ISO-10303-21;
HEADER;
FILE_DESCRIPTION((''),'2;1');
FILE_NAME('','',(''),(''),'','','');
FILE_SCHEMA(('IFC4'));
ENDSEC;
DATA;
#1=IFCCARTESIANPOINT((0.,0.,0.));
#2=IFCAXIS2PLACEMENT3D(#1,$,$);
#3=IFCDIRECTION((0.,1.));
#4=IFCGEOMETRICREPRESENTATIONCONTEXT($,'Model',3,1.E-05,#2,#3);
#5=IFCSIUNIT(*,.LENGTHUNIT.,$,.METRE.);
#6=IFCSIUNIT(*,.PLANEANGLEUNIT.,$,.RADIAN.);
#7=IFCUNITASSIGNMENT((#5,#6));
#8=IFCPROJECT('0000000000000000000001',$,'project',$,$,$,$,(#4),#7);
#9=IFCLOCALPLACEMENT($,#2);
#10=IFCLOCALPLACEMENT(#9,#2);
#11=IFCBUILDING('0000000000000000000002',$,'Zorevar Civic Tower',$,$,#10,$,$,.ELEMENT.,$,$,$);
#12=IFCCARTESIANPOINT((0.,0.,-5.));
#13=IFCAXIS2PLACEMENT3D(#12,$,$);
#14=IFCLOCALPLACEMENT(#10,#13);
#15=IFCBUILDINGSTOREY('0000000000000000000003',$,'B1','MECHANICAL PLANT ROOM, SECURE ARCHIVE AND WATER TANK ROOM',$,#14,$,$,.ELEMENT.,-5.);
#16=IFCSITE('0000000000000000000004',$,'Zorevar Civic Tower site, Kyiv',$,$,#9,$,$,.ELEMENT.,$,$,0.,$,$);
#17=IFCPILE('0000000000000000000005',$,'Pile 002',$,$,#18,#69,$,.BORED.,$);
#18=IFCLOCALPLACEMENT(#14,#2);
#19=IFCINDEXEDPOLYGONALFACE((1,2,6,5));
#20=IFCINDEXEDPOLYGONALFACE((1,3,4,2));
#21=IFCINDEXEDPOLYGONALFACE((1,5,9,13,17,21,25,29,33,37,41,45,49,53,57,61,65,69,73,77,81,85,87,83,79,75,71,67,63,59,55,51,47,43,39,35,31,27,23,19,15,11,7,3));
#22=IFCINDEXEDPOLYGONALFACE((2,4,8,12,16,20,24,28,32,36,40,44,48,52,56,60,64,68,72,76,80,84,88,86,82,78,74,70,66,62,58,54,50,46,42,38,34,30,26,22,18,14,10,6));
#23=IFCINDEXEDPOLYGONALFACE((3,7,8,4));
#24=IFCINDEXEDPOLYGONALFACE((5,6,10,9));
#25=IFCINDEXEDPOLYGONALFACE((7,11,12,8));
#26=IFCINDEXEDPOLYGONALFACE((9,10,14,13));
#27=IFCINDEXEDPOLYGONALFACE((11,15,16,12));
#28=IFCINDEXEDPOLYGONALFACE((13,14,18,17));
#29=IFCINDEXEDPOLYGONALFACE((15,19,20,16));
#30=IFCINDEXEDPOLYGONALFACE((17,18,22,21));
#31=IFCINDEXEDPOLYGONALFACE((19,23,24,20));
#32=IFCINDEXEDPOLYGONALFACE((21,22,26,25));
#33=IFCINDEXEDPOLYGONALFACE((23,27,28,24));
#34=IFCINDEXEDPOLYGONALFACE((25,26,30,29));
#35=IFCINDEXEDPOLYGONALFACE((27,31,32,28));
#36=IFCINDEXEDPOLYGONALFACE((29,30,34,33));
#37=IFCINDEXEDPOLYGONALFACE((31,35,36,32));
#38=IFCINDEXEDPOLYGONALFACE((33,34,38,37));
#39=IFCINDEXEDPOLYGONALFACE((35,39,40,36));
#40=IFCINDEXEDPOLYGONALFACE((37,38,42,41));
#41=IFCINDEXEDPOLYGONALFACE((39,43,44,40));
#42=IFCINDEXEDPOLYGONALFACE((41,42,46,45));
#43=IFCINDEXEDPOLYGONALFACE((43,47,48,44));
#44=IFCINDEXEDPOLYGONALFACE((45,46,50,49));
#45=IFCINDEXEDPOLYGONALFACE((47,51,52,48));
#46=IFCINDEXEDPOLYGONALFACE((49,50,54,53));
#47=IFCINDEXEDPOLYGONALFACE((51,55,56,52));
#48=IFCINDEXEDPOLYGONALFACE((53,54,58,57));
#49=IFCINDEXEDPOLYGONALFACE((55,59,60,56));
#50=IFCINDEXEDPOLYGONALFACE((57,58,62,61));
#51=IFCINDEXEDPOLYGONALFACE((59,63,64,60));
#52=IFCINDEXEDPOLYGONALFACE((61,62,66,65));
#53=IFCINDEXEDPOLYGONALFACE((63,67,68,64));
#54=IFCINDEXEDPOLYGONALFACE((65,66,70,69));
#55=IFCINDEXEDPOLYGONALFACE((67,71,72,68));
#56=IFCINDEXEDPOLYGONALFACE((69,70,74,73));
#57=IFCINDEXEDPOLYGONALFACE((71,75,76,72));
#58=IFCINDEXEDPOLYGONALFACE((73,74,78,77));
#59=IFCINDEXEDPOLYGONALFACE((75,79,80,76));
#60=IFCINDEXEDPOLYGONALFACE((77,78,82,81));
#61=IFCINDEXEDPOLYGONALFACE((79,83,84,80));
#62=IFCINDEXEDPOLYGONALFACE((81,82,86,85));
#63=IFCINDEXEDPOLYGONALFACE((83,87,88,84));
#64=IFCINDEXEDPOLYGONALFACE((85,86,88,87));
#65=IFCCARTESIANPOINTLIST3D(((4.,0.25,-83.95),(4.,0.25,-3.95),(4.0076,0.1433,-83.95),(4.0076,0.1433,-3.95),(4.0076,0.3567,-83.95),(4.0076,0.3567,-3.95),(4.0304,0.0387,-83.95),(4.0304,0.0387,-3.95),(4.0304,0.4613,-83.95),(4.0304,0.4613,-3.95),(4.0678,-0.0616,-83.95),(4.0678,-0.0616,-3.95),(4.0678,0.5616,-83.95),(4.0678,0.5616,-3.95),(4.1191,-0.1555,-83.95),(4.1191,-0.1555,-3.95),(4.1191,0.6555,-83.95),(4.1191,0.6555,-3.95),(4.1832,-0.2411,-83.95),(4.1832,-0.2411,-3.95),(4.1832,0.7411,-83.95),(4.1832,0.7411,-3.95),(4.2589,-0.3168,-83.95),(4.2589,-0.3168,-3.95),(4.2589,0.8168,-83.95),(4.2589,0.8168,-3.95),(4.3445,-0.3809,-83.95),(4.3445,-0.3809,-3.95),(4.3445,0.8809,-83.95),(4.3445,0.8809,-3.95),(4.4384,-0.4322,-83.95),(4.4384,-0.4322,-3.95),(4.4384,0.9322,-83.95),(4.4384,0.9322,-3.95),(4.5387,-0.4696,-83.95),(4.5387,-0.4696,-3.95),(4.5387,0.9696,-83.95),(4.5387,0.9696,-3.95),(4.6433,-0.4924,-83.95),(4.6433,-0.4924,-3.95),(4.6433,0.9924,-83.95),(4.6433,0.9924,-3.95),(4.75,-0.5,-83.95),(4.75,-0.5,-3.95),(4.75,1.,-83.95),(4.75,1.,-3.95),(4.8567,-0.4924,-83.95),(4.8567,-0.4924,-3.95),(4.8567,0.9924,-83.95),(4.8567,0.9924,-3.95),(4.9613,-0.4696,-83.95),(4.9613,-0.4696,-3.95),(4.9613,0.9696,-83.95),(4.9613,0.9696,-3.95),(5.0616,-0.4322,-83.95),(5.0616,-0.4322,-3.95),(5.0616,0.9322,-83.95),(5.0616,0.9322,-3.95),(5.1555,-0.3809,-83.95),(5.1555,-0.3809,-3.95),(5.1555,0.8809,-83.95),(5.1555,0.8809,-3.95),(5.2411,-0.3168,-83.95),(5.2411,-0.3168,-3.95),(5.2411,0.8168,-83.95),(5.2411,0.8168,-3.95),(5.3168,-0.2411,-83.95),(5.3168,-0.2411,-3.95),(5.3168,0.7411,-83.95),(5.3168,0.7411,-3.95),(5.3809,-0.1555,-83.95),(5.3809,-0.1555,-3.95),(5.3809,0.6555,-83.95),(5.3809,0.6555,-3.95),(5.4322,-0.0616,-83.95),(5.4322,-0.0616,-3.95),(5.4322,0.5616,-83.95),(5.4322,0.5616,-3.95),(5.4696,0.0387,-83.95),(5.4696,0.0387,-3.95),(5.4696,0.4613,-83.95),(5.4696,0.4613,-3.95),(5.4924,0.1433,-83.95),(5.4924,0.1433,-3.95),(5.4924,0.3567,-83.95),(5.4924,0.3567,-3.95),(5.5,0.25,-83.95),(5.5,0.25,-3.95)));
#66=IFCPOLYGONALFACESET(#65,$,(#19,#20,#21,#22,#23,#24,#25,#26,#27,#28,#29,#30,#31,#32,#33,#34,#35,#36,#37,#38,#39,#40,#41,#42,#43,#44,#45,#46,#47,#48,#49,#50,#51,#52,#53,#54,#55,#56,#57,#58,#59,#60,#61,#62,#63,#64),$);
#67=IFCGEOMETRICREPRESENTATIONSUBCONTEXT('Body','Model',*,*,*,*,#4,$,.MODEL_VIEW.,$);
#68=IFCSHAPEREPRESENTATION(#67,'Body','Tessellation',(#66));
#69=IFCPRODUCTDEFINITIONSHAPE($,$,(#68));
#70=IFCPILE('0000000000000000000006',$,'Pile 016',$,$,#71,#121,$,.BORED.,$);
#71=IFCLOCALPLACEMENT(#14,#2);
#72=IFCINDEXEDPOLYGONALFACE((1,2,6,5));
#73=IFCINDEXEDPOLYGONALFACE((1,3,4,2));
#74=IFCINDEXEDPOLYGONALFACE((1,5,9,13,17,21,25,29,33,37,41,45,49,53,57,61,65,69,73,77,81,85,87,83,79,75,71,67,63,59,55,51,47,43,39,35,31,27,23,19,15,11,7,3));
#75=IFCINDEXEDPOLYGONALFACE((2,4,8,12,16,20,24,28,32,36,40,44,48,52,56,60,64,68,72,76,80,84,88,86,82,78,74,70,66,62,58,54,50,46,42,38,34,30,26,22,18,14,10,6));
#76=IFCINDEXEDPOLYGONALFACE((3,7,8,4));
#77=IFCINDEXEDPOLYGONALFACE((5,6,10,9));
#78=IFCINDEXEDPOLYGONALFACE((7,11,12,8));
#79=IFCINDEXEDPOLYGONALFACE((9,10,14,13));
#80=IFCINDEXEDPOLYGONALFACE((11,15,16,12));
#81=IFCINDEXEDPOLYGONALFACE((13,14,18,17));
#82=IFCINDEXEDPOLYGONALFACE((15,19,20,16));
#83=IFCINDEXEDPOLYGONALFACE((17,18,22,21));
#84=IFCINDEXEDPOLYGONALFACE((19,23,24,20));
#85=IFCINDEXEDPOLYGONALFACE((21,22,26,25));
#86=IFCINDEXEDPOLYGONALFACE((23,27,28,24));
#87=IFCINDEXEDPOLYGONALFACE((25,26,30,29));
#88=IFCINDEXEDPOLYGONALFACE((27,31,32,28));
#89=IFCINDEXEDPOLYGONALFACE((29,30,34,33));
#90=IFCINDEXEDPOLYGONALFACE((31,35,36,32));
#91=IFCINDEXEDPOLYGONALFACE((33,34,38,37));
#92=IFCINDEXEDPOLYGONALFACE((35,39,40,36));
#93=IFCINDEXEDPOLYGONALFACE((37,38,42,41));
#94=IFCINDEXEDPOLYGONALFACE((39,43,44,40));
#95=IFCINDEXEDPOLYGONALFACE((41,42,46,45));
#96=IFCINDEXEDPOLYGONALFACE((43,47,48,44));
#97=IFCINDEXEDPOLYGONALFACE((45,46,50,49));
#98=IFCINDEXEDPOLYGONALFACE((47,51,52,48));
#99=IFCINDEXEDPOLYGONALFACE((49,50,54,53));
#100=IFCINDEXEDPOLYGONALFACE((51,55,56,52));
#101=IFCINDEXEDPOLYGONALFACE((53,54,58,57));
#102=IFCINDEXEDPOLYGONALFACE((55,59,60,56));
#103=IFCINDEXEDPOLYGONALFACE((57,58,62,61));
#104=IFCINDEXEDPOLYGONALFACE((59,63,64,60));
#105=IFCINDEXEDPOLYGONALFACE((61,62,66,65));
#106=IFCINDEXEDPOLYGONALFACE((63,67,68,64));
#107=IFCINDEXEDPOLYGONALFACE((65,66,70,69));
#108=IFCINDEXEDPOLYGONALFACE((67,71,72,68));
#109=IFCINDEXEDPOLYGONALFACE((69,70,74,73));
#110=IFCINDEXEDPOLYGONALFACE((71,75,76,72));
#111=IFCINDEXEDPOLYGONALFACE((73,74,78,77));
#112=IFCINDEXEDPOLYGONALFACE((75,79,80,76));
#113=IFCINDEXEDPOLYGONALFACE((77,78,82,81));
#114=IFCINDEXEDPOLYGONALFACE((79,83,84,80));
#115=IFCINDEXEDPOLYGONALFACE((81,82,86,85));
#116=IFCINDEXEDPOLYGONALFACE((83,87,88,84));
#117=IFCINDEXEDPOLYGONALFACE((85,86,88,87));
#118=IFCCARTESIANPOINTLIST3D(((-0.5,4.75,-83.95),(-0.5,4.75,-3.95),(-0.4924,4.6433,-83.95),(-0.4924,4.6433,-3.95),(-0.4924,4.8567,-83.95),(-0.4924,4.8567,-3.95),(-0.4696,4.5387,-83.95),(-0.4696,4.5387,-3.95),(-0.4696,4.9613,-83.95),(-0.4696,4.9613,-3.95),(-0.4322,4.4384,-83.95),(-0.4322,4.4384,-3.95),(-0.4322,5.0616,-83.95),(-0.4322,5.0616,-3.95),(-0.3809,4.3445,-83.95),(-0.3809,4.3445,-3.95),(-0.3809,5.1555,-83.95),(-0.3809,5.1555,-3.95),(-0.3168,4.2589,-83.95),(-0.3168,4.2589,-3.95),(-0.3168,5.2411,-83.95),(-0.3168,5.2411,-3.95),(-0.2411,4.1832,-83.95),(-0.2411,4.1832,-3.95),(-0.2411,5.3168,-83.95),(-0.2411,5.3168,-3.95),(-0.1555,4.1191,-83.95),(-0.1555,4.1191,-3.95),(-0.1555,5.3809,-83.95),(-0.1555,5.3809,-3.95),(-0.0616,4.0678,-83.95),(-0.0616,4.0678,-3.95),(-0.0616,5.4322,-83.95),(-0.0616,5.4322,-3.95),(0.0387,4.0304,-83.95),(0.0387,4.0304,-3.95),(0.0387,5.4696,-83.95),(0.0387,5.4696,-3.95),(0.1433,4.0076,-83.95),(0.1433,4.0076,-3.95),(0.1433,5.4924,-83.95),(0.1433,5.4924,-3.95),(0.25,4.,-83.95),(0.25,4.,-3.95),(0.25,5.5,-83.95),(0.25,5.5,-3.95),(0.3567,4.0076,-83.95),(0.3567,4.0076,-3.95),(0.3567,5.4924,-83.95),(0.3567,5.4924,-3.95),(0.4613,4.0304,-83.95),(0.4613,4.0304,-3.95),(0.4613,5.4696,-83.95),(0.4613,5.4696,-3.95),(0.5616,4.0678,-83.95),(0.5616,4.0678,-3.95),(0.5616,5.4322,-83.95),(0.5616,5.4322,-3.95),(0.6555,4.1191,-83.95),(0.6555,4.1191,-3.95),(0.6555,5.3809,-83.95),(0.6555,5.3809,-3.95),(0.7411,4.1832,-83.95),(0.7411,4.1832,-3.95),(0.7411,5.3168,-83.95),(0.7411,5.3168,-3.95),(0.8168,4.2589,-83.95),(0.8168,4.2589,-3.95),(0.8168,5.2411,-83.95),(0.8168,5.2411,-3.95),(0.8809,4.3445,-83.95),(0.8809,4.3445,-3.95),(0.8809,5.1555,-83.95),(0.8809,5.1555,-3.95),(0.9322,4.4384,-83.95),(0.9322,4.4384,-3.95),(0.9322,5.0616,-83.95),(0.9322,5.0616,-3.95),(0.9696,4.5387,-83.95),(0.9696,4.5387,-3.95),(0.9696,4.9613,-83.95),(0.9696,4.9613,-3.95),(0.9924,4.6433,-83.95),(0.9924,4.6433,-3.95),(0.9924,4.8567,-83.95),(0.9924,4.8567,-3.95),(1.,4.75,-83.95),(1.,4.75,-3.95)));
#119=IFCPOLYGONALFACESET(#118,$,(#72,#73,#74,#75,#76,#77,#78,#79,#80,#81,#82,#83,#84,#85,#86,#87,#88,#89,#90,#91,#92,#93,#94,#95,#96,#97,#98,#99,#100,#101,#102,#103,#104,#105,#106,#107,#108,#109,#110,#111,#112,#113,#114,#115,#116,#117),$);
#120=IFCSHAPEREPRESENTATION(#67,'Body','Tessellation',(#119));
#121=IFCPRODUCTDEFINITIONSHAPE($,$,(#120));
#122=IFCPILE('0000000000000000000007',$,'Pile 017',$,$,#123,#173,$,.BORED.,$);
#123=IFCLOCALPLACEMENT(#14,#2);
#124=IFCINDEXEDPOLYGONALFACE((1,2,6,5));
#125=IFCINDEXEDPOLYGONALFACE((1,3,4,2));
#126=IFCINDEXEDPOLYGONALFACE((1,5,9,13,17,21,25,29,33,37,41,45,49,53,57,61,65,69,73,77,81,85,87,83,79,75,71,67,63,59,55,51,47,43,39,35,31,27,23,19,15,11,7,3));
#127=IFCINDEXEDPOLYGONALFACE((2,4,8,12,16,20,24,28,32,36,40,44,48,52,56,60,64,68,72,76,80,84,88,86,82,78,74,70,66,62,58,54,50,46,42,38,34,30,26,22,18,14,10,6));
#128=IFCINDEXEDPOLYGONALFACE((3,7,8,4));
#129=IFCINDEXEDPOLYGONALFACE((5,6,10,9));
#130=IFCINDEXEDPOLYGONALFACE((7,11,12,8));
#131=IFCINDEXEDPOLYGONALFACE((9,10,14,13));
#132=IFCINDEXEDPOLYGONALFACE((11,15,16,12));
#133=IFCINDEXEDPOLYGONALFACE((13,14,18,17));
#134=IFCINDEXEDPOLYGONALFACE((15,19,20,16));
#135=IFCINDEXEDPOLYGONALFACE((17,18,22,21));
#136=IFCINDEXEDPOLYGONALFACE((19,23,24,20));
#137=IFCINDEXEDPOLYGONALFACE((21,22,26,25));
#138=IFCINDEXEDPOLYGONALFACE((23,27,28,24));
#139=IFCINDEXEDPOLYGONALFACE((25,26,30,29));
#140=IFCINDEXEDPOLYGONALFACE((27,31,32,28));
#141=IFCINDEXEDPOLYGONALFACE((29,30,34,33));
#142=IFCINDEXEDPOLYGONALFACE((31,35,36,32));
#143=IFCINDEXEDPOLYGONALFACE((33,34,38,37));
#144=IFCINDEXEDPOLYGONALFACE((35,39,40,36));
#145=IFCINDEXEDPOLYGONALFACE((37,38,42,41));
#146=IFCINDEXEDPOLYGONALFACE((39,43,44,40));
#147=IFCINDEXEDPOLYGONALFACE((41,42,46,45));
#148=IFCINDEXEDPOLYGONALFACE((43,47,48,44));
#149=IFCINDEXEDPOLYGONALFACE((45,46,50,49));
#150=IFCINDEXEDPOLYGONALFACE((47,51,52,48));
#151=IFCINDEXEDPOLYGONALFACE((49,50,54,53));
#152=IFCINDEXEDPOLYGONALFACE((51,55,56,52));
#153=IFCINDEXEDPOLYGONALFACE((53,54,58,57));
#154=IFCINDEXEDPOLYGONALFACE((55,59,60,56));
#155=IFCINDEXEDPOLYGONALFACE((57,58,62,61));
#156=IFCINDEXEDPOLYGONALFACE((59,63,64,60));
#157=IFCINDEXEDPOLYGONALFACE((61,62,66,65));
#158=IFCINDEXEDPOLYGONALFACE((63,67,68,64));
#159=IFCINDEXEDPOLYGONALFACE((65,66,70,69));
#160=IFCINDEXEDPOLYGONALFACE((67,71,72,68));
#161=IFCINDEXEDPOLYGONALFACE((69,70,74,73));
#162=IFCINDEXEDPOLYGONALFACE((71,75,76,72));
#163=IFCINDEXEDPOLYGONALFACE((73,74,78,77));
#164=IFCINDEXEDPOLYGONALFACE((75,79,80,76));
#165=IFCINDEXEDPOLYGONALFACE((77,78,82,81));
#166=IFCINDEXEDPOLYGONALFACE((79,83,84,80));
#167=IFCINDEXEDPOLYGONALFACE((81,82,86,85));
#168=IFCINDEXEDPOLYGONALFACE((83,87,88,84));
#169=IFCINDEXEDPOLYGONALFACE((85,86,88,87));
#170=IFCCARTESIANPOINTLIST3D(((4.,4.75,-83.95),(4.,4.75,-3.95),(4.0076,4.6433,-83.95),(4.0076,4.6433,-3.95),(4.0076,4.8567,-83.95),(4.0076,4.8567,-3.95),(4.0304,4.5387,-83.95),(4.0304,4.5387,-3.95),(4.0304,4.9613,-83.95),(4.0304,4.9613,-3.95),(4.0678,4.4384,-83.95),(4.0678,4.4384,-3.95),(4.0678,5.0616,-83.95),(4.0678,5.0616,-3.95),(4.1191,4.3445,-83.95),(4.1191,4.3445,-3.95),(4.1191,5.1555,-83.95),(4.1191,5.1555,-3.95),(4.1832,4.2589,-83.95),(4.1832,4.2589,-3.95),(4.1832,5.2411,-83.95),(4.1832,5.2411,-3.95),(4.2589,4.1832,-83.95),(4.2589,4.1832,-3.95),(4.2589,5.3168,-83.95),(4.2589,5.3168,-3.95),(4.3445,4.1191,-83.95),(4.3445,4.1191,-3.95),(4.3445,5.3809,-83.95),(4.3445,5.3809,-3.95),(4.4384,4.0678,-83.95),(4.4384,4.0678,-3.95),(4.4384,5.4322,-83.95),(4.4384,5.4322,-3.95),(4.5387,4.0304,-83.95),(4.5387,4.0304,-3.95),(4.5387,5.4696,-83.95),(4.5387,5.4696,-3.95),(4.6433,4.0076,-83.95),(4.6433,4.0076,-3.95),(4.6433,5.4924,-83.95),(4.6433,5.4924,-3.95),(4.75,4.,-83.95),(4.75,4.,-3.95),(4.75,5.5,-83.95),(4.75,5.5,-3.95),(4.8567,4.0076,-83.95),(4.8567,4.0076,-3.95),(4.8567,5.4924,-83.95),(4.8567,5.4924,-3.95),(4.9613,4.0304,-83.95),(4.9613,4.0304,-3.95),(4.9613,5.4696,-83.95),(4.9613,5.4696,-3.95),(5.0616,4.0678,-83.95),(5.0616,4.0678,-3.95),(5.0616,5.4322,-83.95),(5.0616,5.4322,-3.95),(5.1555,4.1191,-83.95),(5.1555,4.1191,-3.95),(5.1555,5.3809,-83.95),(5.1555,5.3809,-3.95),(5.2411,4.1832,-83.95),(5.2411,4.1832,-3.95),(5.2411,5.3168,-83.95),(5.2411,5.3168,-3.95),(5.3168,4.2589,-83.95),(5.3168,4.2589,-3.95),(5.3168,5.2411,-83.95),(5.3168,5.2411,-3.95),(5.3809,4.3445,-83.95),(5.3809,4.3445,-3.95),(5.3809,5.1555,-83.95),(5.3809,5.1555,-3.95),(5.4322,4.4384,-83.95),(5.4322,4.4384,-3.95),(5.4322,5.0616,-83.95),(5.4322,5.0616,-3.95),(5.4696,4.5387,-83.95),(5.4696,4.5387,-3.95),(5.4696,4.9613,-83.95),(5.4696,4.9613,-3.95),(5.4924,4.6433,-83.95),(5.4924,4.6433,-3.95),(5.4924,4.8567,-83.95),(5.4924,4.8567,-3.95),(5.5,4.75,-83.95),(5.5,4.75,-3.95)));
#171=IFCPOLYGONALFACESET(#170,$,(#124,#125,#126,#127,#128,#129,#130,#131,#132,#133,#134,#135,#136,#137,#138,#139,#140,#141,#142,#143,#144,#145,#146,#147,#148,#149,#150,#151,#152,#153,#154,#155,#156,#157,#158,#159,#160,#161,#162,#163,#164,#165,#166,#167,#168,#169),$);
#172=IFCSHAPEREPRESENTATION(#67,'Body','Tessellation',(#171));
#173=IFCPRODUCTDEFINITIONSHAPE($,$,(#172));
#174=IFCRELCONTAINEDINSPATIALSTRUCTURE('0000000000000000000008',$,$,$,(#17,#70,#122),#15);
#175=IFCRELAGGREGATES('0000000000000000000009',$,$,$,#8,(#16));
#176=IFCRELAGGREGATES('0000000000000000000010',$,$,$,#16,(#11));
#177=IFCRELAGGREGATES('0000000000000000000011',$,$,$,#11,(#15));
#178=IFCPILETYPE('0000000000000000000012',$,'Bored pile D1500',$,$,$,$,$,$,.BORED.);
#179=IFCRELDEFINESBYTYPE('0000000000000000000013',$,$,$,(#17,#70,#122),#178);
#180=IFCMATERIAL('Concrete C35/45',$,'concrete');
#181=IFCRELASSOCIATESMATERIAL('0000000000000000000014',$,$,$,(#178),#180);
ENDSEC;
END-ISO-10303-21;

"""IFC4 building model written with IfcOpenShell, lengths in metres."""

from ifc_helpers import new_model, si_unit, direction, frame, origin, origin_2d, place, context, subcontext, project, spatial, circle, extrude, material, type_object, element, save


model = new_model("IFC4")

# Units and contexts
model_context = context("Model", 3, precision=1e-05, world=origin(), true_north=direction((0.0, 1.0)))
body_context = subcontext(model_context, "Body", "Model", "MODEL_VIEW")
ifc_project = project(units=[si_unit("LENGTHUNIT", "METRE"), si_unit("PLANEANGLEUNIT", "RADIAN")], contexts=[model_context])

# Site, building, storey
site_placement = place(None, origin())
site = spatial("IfcSite", under=ifc_project, at=site_placement, Name="Zorevar Civic Tower site, Kyiv", CompositionType="ELEMENT", RefElevation=0.0)
building_placement = place(site_placement, origin())
building = spatial("IfcBuilding", under=site, at=building_placement, Name="Zorevar Civic Tower", CompositionType="ELEMENT")
storey_placement = place(building_placement, frame((0.0, 0.0, -5.0)))
storey = spatial("IfcBuildingStorey", under=building, at=storey_placement, Name="B1", Description="MECHANICAL PLANT ROOM, SECURE ARCHIVE AND WATER TANK ROOM", CompositionType="ELEMENT", Elevation=-5.0)

# Piles
ifc_material_1 = material(Name="Concrete C35/45", Category="concrete")
pile_type_1 = type_object("IfcPileType", Name="Bored pile D1500", PredefinedType="BORED", material=ifc_material_1)
for number, where, z_axis, x_axis, name in (
    (1, (4.75, 0.25, -3.95), (0.0, 0.0, -1.0), (1.0, 0.0, 0.0), "Pile 002"),
    (2, (0.25, 4.75, -3.95), (0.0, 0.0, -1.0), (1.0, 0.0, 0.0), "Pile 016"),
    (3, (4.75, 4.75, -3.95), (0.0, 0.0, -1.0), (1.0, 0.0, 0.0), "Pile 017"),
):
    element("IfcPile", number, at=place(storey_placement, frame(where, z_axis=z_axis, x_axis=x_axis)), inside=storey, type_object=pile_type_1, Name=name, PredefinedType="BORED", context=body_context, shape_type="SweptSolid", body=[
        extrude(circle(Radius=0.75, at=origin_2d()), origin(), (0.0, 0.0, 1.0), 80.0),
    ])

save(model, "model.ifc")
